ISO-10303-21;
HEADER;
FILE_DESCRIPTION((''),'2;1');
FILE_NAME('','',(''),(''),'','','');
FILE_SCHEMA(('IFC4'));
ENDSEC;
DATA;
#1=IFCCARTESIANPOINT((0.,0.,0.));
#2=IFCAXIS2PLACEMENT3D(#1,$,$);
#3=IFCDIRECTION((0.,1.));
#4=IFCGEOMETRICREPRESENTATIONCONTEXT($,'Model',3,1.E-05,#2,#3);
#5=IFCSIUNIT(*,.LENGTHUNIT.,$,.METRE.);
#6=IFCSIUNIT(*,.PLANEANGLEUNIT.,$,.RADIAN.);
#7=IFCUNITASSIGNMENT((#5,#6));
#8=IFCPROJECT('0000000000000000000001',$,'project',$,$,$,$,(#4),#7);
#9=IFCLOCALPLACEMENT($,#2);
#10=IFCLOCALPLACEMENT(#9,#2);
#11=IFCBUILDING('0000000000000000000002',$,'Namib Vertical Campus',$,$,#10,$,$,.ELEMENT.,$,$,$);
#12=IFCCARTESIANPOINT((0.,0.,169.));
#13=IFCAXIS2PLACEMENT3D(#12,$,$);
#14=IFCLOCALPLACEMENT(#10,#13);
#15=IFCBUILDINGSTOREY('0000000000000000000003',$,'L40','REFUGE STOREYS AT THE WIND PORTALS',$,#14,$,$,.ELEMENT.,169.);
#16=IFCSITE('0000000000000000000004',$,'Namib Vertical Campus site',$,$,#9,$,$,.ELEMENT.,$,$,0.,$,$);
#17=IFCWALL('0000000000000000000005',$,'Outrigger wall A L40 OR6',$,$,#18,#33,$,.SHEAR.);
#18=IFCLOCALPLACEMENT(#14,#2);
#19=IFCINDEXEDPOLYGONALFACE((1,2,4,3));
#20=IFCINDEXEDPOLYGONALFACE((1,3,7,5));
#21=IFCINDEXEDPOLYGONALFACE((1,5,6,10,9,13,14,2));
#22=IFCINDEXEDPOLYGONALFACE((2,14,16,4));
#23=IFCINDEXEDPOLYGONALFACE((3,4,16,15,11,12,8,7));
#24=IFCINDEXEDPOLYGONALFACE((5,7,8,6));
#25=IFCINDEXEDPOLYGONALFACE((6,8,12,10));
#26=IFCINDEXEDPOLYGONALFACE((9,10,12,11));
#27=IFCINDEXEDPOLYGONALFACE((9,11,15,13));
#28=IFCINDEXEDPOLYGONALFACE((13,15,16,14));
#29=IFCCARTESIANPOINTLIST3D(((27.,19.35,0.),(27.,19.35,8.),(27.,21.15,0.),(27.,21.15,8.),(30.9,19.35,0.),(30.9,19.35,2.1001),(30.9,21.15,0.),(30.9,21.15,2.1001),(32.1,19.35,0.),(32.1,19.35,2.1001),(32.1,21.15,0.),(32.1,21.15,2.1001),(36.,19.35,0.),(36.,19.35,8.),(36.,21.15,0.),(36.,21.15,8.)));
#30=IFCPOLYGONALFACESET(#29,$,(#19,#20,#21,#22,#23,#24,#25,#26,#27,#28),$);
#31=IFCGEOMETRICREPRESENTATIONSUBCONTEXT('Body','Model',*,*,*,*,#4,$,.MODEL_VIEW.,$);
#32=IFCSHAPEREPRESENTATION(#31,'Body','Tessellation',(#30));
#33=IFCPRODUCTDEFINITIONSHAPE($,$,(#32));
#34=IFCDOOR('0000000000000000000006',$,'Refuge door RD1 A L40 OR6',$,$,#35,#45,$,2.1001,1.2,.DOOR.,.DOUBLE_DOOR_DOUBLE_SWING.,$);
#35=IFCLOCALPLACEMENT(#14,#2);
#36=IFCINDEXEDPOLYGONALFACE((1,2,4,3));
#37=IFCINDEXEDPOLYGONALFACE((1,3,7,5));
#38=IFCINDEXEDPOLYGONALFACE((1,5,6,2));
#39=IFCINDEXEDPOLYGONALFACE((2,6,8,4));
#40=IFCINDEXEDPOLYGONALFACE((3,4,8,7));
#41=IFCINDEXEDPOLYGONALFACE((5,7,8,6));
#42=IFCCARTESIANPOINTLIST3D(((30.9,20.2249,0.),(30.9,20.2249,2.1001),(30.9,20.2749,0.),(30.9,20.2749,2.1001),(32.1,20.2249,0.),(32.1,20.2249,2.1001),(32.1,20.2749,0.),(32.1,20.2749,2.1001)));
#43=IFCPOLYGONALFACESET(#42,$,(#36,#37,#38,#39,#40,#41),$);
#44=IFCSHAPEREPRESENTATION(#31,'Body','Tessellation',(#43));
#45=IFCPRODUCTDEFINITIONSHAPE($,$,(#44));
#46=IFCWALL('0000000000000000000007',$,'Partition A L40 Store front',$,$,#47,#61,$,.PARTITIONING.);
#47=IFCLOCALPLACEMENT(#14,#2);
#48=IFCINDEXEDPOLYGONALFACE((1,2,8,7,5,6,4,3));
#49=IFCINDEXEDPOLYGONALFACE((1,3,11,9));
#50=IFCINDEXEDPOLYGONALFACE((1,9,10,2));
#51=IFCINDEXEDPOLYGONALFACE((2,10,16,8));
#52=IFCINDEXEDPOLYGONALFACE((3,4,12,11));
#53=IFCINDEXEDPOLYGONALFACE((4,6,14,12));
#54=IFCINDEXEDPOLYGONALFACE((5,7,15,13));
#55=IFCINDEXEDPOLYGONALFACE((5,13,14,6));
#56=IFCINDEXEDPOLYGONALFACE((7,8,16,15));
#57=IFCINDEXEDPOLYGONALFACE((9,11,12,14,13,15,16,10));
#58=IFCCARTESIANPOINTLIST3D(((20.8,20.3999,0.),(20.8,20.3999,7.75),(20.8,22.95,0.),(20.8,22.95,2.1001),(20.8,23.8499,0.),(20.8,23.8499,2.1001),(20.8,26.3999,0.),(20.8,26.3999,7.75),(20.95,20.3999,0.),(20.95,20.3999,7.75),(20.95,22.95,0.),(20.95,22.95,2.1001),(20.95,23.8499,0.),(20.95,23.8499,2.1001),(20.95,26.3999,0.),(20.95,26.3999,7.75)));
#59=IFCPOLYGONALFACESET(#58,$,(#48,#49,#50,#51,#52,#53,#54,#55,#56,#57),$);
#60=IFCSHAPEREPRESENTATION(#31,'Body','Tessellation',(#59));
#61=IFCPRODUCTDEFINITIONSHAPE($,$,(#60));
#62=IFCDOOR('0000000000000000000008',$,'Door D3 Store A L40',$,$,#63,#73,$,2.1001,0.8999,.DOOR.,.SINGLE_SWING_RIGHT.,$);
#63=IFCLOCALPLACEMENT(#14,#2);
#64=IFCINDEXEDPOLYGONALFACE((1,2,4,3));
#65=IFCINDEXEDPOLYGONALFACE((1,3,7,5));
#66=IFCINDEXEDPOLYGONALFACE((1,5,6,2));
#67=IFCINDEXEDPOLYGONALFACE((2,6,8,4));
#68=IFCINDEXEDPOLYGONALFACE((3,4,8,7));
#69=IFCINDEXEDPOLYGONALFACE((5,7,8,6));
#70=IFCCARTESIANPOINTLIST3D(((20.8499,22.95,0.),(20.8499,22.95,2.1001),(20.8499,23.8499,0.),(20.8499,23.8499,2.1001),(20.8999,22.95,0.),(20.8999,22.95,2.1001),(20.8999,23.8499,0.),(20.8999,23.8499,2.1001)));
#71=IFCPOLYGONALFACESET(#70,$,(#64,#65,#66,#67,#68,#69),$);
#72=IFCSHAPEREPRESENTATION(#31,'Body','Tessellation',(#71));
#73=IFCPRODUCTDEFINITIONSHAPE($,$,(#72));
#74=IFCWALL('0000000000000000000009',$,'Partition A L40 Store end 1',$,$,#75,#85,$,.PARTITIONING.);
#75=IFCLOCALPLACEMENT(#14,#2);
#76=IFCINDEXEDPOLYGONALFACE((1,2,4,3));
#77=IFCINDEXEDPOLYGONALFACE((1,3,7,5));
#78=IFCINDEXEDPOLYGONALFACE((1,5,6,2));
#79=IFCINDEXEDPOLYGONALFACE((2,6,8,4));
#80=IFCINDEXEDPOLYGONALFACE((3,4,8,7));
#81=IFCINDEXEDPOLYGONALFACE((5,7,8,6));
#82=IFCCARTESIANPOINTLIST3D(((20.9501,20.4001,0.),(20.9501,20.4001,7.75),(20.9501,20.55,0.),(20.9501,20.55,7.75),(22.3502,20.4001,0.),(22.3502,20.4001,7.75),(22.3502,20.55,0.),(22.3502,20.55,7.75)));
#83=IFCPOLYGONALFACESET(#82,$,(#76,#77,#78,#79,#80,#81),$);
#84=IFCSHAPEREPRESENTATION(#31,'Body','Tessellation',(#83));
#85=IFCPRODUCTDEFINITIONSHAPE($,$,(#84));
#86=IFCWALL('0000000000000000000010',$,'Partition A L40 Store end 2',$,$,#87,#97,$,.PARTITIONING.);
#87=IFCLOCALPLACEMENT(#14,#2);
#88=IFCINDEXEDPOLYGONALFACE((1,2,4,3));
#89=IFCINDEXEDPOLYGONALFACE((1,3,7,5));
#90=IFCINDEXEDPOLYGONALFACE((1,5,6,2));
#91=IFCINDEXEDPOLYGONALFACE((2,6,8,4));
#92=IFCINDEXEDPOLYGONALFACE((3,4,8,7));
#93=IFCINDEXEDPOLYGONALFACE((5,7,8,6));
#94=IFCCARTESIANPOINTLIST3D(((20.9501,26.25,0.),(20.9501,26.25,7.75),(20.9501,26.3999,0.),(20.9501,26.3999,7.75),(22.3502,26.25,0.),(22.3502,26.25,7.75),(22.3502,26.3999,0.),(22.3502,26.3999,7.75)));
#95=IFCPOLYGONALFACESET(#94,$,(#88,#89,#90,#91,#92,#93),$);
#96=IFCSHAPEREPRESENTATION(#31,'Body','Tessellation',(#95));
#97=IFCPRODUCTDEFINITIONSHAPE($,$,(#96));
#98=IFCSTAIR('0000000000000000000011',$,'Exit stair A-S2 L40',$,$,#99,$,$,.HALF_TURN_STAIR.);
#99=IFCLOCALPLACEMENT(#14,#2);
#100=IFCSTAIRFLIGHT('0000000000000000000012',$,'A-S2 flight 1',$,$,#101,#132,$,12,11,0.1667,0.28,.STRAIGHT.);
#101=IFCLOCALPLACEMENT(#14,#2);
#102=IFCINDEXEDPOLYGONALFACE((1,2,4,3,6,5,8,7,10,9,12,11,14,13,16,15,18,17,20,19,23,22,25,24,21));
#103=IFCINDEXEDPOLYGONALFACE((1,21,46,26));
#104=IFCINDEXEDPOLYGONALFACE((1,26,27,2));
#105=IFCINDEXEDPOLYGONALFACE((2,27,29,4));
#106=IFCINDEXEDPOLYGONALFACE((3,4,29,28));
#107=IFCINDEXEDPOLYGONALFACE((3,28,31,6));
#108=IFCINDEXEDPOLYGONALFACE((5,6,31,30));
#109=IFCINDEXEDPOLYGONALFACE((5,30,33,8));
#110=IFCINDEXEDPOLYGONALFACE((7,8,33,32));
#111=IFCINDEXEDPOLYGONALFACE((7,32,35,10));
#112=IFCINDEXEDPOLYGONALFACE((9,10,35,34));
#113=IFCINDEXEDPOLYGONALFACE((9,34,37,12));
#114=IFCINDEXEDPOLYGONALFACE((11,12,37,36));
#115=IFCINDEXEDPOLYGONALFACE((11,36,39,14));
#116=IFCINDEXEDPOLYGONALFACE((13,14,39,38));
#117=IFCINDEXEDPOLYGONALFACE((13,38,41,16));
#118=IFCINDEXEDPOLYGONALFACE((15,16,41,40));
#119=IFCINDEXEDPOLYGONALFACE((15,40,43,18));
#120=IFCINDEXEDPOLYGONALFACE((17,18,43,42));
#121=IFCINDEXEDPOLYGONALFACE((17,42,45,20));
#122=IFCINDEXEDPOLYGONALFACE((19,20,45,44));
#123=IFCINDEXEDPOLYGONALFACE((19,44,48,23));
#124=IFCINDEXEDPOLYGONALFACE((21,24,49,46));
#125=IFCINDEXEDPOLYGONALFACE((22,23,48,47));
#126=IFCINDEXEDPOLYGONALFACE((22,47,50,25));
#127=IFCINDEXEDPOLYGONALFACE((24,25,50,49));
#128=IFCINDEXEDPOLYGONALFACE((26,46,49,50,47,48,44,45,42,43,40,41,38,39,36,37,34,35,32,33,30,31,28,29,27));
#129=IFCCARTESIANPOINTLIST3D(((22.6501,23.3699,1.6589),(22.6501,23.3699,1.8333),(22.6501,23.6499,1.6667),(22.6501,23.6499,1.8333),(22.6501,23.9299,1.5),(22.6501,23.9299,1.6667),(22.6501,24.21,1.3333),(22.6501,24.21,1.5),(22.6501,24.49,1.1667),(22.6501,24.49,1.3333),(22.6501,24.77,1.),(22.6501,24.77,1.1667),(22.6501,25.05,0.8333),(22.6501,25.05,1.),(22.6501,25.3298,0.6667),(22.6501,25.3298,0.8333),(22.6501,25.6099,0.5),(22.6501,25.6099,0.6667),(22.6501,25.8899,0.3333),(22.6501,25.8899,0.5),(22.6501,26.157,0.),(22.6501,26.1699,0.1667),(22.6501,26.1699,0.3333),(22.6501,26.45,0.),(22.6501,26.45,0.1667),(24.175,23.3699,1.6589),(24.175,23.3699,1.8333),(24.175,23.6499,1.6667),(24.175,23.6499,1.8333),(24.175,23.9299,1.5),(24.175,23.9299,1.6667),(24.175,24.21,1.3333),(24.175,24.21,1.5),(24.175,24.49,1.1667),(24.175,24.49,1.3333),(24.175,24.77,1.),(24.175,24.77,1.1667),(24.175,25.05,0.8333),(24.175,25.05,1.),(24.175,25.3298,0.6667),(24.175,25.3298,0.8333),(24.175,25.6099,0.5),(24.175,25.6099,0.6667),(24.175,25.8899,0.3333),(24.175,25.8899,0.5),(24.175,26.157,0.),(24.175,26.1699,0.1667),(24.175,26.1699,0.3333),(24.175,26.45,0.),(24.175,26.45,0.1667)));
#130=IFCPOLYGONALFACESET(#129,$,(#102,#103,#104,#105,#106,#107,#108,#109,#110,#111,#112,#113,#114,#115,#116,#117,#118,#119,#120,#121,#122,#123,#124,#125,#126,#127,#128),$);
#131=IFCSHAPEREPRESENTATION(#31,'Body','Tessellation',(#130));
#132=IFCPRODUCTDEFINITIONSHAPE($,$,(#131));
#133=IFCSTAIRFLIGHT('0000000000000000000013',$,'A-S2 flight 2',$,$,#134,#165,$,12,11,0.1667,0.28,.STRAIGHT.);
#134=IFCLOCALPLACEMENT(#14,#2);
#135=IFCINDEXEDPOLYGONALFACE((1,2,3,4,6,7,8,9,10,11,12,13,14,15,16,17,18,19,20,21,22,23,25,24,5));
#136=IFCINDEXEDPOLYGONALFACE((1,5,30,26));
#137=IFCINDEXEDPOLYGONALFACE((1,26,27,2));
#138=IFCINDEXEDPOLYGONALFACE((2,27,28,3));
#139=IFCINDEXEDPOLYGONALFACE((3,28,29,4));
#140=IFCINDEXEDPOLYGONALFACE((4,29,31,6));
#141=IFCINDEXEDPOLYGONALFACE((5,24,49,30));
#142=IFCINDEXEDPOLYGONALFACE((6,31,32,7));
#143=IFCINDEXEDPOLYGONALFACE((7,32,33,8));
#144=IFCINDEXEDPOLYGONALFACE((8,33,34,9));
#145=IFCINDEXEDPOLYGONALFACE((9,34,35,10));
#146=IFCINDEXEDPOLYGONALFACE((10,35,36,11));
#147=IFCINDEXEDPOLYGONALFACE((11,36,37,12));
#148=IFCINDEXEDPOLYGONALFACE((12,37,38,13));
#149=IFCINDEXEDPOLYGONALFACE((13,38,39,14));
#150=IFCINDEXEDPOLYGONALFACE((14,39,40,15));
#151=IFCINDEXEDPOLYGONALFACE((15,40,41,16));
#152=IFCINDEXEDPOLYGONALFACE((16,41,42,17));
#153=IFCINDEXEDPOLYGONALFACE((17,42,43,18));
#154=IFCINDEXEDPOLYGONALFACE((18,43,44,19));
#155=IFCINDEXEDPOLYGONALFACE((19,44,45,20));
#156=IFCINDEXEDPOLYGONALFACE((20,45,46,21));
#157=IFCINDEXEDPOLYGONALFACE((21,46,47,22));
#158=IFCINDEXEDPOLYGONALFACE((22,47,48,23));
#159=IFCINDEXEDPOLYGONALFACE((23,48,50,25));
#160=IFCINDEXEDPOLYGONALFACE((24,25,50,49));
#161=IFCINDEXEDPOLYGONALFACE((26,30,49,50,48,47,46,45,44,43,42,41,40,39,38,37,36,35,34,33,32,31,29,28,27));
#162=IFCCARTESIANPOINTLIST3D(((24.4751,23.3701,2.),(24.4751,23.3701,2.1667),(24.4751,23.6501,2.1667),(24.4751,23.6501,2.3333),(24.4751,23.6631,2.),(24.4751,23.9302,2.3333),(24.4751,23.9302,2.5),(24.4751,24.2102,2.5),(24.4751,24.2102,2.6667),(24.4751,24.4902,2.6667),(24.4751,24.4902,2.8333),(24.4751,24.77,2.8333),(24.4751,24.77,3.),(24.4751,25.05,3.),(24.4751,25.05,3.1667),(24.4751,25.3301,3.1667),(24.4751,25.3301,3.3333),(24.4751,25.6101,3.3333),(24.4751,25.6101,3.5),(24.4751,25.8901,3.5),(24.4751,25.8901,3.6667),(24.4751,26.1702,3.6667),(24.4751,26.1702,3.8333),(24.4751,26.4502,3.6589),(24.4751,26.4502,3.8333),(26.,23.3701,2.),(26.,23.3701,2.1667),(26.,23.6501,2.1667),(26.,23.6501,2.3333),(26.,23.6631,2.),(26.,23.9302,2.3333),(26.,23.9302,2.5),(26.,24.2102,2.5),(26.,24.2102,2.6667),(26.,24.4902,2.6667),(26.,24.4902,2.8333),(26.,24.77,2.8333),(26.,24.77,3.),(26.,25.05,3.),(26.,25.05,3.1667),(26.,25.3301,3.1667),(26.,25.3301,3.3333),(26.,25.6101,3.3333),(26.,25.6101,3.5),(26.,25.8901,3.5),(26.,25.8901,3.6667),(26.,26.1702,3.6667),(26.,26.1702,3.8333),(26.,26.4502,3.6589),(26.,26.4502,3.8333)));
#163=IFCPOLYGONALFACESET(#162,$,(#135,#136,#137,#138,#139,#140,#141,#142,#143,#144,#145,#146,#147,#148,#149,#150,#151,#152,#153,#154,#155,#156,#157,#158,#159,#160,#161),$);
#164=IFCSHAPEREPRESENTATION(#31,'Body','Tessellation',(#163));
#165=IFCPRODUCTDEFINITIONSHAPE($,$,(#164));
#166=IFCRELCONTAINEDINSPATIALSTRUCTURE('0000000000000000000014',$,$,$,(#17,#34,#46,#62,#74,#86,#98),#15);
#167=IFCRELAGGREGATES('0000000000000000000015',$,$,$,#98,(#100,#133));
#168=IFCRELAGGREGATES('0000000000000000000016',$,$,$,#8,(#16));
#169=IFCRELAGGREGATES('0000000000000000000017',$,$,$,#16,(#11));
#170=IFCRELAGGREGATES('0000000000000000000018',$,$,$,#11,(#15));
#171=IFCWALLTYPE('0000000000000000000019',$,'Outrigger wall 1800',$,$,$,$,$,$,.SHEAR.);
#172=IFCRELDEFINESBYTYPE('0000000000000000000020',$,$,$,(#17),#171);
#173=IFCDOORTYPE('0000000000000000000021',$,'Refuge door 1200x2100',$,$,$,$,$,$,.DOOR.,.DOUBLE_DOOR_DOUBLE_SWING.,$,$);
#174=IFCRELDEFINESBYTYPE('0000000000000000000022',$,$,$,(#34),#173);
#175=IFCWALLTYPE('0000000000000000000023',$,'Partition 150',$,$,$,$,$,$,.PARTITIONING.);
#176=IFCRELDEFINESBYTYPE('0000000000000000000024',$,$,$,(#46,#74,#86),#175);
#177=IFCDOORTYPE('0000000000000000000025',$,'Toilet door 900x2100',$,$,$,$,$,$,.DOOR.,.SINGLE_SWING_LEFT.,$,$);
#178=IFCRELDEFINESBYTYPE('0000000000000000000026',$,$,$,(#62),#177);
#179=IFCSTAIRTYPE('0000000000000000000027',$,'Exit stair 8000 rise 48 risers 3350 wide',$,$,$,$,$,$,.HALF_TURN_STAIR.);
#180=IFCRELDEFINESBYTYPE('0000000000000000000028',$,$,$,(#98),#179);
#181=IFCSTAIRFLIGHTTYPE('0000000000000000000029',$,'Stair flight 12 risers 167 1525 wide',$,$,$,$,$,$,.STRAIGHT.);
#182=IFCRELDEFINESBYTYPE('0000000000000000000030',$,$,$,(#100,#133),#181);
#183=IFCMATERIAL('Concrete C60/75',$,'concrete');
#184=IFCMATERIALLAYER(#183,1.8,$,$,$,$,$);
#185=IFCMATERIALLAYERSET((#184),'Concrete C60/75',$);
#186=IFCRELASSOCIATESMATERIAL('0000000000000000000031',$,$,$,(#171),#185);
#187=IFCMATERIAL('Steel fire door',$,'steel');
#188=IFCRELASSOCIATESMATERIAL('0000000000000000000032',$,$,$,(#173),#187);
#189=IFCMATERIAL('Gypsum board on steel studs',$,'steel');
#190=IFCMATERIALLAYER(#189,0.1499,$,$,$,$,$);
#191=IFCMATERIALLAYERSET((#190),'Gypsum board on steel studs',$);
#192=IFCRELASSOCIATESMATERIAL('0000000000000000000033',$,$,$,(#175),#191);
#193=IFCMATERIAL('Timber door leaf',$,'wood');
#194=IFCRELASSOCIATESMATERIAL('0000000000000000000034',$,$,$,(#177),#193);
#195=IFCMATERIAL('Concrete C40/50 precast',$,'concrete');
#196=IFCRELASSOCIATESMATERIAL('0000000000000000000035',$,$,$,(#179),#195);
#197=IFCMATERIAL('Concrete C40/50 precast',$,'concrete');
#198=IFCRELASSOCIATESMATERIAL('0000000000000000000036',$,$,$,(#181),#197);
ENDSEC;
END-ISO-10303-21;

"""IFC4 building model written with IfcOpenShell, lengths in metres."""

from ifc_helpers import new_model, si_unit, direction, frame, frame_2d, origin, place, context, subcontext, project, spatial, polyline, rectangle, outline, extrude, material, layer, layer_set, type_object, element, fill, aggregate, save


model = new_model("IFC4")

# Units and contexts
model_context = context("Model", 3, precision=1e-05, world=origin(), true_north=direction((0.0, 1.0)))
body_context = subcontext(model_context, "Body", "Model", "MODEL_VIEW")
ifc_project = project(units=[si_unit("LENGTHUNIT", "METRE"), si_unit("PLANEANGLEUNIT", "RADIAN")], contexts=[model_context])

# Site, building, storey
site_placement = place(None, origin())
site = spatial("IfcSite", under=ifc_project, at=site_placement, Name="Namib Vertical Campus site", CompositionType="ELEMENT", RefElevation=0.0)
building_placement = place(site_placement, origin())
building = spatial("IfcBuilding", under=site, at=building_placement, Name="Namib Vertical Campus", CompositionType="ELEMENT")
storey_placement = place(building_placement, frame((0.0, 0.0, 169.0)))
storey = spatial("IfcBuildingStorey", under=building, at=storey_placement, Name="L40", Description="REFUGE STOREYS AT THE WIND PORTALS", CompositionType="ELEMENT", Elevation=169.0)

# Walls, openings, doors
ifc_material_1 = material(Name="Concrete C60/75", Category="concrete")
ifc_layer_1 = layer(ifc_material_1, 1.8)
ifc_layer_set_1 = layer_set([ifc_layer_1], Name="Concrete C60/75")
wall_type_1 = type_object("IfcWallType", Name="Outrigger wall 1800", PredefinedType="SHEAR", material=ifc_layer_set_1)
wall_1_placement = place(storey_placement, frame((27.0, 20.25, 0.0), z_axis=(0.0, 0.0, 1.0), x_axis=(1.0, 0.0, 0.0)))
wall_1 = element("IfcWall", 1, at=wall_1_placement, inside=storey, type_object=wall_type_1, Name="Outrigger wall A L40 OR6", PredefinedType="SHEAR", context=body_context, shape_type="SweptSolid", body=[
    extrude(rectangle(XDim=9.0, YDim=1.8, at=frame_2d((4.5, 0.0))), origin(), (0.0, 0.0, 1.0), 8.0),
])
opening_1_placement = place(wall_1_placement, frame((3.8999, 0.0, 0.0)))
opening_1 = element("IfcOpeningElement", 2, at=opening_1_placement, cuts=wall_1, PredefinedType="OPENING", context=body_context, shape_type="SweptSolid", body=[
    extrude(rectangle(XDim=1.2, YDim=2.1001, at=frame_2d((0.6001, 1.05))), frame((0.0, 0.9099, 0.0), z_axis=(0.0, -1.0, 0.0), x_axis=(1.0, 0.0, 0.0)), (0.0, 0.0, 1.0), 1.8201),
])
ifc_material_2 = material(Name="Steel fire door", Category="steel")
door_type_1 = type_object("IfcDoorType", Name="Refuge door 1200x2100", OperationType="DOUBLE_DOOR_DOUBLE_SWING", PredefinedType="DOOR", material=ifc_material_2)
door_1_placement = place(opening_1_placement, origin())
door_1 = element("IfcDoor", 3, at=door_1_placement, inside=storey, type_object=door_type_1, Name="Refuge door RD1 A L40 OR6", OperationType="DOUBLE_DOOR_DOUBLE_SWING", OverallHeight=2.1001, OverallWidth=1.2, PredefinedType="DOOR", context=body_context, shape_type="SweptSolid", body=[
    extrude(rectangle(XDim=1.2, YDim=2.1001, at=frame_2d((0.6001, 1.05))), frame((0.0, 0.0249, 0.0), z_axis=(0.0, -1.0, 0.0), x_axis=(1.0, 0.0, 0.0)), (0.0, 0.0, 1.0), 0.05),
])
fill(opening_1, door_1)
ifc_material_3 = material(Name="Gypsum board on steel studs", Category="steel")
ifc_layer_2 = layer(ifc_material_3, 0.1499)
ifc_layer_set_2 = layer_set([ifc_layer_2], Name="Gypsum board on steel studs")
wall_type_2 = type_object("IfcWallType", Name="Partition 150", PredefinedType="PARTITIONING", material=ifc_layer_set_2)
wall_2_placement = place(storey_placement, frame((20.875, 20.3999, 0.0), z_axis=(0.0, 0.0, 1.0), x_axis=(0.0, 1.0, 0.0)))
wall_2 = element("IfcWall", 4, at=wall_2_placement, inside=storey, type_object=wall_type_2, Name="Partition A L40 Store front", PredefinedType="PARTITIONING", context=body_context, shape_type="SweptSolid", body=[
    extrude(rectangle(XDim=6.0, YDim=0.1499, at=frame_2d((3.0, 0.0))), origin(), (0.0, 0.0, 1.0), 7.75),
])
opening_2_placement = place(wall_2_placement, frame((2.55, 0.0, 0.0)))
opening_2 = element("IfcOpeningElement", 5, at=opening_2_placement, cuts=wall_2, PredefinedType="OPENING", context=body_context, shape_type="SweptSolid", body=[
    extrude(rectangle(XDim=0.8999, YDim=2.1001, at=frame_2d((0.45, 1.05))), frame((0.0, 0.085, 0.0), z_axis=(0.0, -1.0, 0.0), x_axis=(1.0, 0.0, 0.0)), (0.0, 0.0, 1.0), 0.1699),
])
ifc_material_4 = material(Name="Timber door leaf", Category="wood")
door_type_2 = type_object("IfcDoorType", Name="Toilet door 900x2100", OperationType="SINGLE_SWING_LEFT", PredefinedType="DOOR", material=ifc_material_4)
door_2_placement = place(opening_2_placement, frame((0.8999, 0.0, 0.0), z_axis=(0.0, 0.0, 1.0), x_axis=(-1.0, 0.0, 0.0)))
door_2 = element("IfcDoor", 6, at=door_2_placement, inside=storey, type_object=door_type_2, Name="Door D3 Store A L40", OperationType="SINGLE_SWING_RIGHT", OverallHeight=2.1001, OverallWidth=0.8999, PredefinedType="DOOR", context=body_context, shape_type="SweptSolid", body=[
    extrude(rectangle(XDim=0.8999, YDim=2.1001, at=frame_2d((0.45, 1.05))), frame((0.0, 0.0249, 0.0), z_axis=(0.0, -1.0, 0.0), x_axis=(1.0, 0.0, 0.0)), (0.0, 0.0, 1.0), 0.05),
])
fill(opening_2, door_2)

# Walls
for number, where, z_axis, x_axis, name in (
    (7, (20.95, 20.4751, 0.0), (0.0, 0.0, 1.0), (1.0, 0.0, 0.0), "Partition A L40 Store end 1"),
    (8, (20.95, 26.325, 0.0), (0.0, 0.0, 1.0), (1.0, 0.0, 0.0), "Partition A L40 Store end 2"),
):
    element("IfcWall", number, at=place(storey_placement, frame(where, z_axis=z_axis, x_axis=x_axis)), inside=storey, type_object=wall_type_2, Name=name, PredefinedType="PARTITIONING", context=body_context, shape_type="SweptSolid", body=[
        extrude(rectangle(XDim=1.4001, YDim=0.1499, at=frame_2d((0.7002, 0.0))), origin(), (0.0, 0.0, 1.0), 7.75),
    ])

# Stair, stair flights
ifc_material_5 = material(Name="Concrete C40/50 precast", Category="concrete")
stair_type = type_object("IfcStairType", Name="Exit stair 8000 rise 48 risers 3350 wide", PredefinedType="HALF_TURN_STAIR", material=ifc_material_5)
stair_placement = place(storey_placement, origin())
stair = element("IfcStair", 9, at=stair_placement, inside=storey, type_object=stair_type, Name="Exit stair A-S2 L40", PredefinedType="HALF_TURN_STAIR")
ifc_material_6 = material(Name="Concrete C40/50 precast", Category="concrete")
stair_flight_type = type_object("IfcStairFlightType", Name="Stair flight 12 risers 167 1525 wide", PredefinedType="STRAIGHT", material=ifc_material_6)
stair_flight_1_placement = place(storey_placement, frame((23.4126, 26.45, 0.0), z_axis=(0.0, 0.0, 1.0), x_axis=(0.0, -1.0, 0.0)))
stair_flight_1 = element("IfcStairFlight", 10, at=stair_flight_1_placement, type_object=stair_flight_type, Name="A-S2 flight 1", NumberOfRisers=12, NumberOfTreads=11, PredefinedType="STRAIGHT", RiserHeight=0.1667, TreadLength=0.28, context=body_context, shape_type="SweptSolid", body=[
    extrude(outline(polyline([(0.0, 0.0), (0.0, 0.1667), (0.28, 0.1667), (0.28, 0.3333), (0.5601, 0.3333), (0.5601, 0.5), (0.8401, 0.5), (0.8401, 0.6667), (1.1201, 0.6667), (1.1201, 0.8333), (1.3999, 0.8333), (1.3999, 1.0), (1.6799, 1.0), (1.6799, 1.1667), (1.96, 1.1667), (1.96, 1.3333), (2.24, 1.3333), (2.24, 1.5), (2.52, 1.5), (2.52, 1.6667), (2.8, 1.6667), (2.8, 1.8333), (3.0801, 1.8333), (3.0801, 2.0), (3.0801, 1.6589), (0.293, 0.0), (0.0, 0.0)])), frame((0.0, 0.7625, 0.0), z_axis=(0.0, -1.0, 0.0), x_axis=(1.0, 0.0, 0.0)), (0.0, 0.0, 1.0), 1.5249),
])
stair_flight_2_placement = place(storey_placement, frame((25.2375, 23.3701, 2.0), z_axis=(0.0, 0.0, 1.0), x_axis=(0.0, 1.0, 0.0)))
stair_flight_2 = element("IfcStairFlight", 11, at=stair_flight_2_placement, type_object=stair_flight_type, Name="A-S2 flight 2", NumberOfRisers=12, NumberOfTreads=11, PredefinedType="STRAIGHT", RiserHeight=0.1667, TreadLength=0.28, context=body_context, shape_type="SweptSolid", body=[
    extrude(outline(polyline([(0.0, 0.0), (0.0, 0.1667), (0.28, 0.1667), (0.28, 0.3333), (0.5601, 0.3333), (0.5601, 0.5), (0.8401, 0.5), (0.8401, 0.6667), (1.1201, 0.6667), (1.1201, 0.8333), (1.3999, 0.8333), (1.3999, 1.0), (1.6799, 1.0), (1.6799, 1.1667), (1.96, 1.1667), (1.96, 1.3333), (2.24, 1.3333), (2.24, 1.5), (2.52, 1.5), (2.52, 1.6667), (2.8, 1.6667), (2.8, 1.8333), (3.0801, 1.8333), (3.0801, 2.0), (3.0801, 1.6589), (0.293, 0.0), (0.0, 0.0)])), frame((0.0, 0.7625, 0.0), z_axis=(0.0, -1.0, 0.0), x_axis=(1.0, 0.0, 0.0)), (0.0, 0.0, 1.0), 1.5249),
])
aggregate(stair, [stair_flight_1, stair_flight_2])

save(model, "model.ifc")
